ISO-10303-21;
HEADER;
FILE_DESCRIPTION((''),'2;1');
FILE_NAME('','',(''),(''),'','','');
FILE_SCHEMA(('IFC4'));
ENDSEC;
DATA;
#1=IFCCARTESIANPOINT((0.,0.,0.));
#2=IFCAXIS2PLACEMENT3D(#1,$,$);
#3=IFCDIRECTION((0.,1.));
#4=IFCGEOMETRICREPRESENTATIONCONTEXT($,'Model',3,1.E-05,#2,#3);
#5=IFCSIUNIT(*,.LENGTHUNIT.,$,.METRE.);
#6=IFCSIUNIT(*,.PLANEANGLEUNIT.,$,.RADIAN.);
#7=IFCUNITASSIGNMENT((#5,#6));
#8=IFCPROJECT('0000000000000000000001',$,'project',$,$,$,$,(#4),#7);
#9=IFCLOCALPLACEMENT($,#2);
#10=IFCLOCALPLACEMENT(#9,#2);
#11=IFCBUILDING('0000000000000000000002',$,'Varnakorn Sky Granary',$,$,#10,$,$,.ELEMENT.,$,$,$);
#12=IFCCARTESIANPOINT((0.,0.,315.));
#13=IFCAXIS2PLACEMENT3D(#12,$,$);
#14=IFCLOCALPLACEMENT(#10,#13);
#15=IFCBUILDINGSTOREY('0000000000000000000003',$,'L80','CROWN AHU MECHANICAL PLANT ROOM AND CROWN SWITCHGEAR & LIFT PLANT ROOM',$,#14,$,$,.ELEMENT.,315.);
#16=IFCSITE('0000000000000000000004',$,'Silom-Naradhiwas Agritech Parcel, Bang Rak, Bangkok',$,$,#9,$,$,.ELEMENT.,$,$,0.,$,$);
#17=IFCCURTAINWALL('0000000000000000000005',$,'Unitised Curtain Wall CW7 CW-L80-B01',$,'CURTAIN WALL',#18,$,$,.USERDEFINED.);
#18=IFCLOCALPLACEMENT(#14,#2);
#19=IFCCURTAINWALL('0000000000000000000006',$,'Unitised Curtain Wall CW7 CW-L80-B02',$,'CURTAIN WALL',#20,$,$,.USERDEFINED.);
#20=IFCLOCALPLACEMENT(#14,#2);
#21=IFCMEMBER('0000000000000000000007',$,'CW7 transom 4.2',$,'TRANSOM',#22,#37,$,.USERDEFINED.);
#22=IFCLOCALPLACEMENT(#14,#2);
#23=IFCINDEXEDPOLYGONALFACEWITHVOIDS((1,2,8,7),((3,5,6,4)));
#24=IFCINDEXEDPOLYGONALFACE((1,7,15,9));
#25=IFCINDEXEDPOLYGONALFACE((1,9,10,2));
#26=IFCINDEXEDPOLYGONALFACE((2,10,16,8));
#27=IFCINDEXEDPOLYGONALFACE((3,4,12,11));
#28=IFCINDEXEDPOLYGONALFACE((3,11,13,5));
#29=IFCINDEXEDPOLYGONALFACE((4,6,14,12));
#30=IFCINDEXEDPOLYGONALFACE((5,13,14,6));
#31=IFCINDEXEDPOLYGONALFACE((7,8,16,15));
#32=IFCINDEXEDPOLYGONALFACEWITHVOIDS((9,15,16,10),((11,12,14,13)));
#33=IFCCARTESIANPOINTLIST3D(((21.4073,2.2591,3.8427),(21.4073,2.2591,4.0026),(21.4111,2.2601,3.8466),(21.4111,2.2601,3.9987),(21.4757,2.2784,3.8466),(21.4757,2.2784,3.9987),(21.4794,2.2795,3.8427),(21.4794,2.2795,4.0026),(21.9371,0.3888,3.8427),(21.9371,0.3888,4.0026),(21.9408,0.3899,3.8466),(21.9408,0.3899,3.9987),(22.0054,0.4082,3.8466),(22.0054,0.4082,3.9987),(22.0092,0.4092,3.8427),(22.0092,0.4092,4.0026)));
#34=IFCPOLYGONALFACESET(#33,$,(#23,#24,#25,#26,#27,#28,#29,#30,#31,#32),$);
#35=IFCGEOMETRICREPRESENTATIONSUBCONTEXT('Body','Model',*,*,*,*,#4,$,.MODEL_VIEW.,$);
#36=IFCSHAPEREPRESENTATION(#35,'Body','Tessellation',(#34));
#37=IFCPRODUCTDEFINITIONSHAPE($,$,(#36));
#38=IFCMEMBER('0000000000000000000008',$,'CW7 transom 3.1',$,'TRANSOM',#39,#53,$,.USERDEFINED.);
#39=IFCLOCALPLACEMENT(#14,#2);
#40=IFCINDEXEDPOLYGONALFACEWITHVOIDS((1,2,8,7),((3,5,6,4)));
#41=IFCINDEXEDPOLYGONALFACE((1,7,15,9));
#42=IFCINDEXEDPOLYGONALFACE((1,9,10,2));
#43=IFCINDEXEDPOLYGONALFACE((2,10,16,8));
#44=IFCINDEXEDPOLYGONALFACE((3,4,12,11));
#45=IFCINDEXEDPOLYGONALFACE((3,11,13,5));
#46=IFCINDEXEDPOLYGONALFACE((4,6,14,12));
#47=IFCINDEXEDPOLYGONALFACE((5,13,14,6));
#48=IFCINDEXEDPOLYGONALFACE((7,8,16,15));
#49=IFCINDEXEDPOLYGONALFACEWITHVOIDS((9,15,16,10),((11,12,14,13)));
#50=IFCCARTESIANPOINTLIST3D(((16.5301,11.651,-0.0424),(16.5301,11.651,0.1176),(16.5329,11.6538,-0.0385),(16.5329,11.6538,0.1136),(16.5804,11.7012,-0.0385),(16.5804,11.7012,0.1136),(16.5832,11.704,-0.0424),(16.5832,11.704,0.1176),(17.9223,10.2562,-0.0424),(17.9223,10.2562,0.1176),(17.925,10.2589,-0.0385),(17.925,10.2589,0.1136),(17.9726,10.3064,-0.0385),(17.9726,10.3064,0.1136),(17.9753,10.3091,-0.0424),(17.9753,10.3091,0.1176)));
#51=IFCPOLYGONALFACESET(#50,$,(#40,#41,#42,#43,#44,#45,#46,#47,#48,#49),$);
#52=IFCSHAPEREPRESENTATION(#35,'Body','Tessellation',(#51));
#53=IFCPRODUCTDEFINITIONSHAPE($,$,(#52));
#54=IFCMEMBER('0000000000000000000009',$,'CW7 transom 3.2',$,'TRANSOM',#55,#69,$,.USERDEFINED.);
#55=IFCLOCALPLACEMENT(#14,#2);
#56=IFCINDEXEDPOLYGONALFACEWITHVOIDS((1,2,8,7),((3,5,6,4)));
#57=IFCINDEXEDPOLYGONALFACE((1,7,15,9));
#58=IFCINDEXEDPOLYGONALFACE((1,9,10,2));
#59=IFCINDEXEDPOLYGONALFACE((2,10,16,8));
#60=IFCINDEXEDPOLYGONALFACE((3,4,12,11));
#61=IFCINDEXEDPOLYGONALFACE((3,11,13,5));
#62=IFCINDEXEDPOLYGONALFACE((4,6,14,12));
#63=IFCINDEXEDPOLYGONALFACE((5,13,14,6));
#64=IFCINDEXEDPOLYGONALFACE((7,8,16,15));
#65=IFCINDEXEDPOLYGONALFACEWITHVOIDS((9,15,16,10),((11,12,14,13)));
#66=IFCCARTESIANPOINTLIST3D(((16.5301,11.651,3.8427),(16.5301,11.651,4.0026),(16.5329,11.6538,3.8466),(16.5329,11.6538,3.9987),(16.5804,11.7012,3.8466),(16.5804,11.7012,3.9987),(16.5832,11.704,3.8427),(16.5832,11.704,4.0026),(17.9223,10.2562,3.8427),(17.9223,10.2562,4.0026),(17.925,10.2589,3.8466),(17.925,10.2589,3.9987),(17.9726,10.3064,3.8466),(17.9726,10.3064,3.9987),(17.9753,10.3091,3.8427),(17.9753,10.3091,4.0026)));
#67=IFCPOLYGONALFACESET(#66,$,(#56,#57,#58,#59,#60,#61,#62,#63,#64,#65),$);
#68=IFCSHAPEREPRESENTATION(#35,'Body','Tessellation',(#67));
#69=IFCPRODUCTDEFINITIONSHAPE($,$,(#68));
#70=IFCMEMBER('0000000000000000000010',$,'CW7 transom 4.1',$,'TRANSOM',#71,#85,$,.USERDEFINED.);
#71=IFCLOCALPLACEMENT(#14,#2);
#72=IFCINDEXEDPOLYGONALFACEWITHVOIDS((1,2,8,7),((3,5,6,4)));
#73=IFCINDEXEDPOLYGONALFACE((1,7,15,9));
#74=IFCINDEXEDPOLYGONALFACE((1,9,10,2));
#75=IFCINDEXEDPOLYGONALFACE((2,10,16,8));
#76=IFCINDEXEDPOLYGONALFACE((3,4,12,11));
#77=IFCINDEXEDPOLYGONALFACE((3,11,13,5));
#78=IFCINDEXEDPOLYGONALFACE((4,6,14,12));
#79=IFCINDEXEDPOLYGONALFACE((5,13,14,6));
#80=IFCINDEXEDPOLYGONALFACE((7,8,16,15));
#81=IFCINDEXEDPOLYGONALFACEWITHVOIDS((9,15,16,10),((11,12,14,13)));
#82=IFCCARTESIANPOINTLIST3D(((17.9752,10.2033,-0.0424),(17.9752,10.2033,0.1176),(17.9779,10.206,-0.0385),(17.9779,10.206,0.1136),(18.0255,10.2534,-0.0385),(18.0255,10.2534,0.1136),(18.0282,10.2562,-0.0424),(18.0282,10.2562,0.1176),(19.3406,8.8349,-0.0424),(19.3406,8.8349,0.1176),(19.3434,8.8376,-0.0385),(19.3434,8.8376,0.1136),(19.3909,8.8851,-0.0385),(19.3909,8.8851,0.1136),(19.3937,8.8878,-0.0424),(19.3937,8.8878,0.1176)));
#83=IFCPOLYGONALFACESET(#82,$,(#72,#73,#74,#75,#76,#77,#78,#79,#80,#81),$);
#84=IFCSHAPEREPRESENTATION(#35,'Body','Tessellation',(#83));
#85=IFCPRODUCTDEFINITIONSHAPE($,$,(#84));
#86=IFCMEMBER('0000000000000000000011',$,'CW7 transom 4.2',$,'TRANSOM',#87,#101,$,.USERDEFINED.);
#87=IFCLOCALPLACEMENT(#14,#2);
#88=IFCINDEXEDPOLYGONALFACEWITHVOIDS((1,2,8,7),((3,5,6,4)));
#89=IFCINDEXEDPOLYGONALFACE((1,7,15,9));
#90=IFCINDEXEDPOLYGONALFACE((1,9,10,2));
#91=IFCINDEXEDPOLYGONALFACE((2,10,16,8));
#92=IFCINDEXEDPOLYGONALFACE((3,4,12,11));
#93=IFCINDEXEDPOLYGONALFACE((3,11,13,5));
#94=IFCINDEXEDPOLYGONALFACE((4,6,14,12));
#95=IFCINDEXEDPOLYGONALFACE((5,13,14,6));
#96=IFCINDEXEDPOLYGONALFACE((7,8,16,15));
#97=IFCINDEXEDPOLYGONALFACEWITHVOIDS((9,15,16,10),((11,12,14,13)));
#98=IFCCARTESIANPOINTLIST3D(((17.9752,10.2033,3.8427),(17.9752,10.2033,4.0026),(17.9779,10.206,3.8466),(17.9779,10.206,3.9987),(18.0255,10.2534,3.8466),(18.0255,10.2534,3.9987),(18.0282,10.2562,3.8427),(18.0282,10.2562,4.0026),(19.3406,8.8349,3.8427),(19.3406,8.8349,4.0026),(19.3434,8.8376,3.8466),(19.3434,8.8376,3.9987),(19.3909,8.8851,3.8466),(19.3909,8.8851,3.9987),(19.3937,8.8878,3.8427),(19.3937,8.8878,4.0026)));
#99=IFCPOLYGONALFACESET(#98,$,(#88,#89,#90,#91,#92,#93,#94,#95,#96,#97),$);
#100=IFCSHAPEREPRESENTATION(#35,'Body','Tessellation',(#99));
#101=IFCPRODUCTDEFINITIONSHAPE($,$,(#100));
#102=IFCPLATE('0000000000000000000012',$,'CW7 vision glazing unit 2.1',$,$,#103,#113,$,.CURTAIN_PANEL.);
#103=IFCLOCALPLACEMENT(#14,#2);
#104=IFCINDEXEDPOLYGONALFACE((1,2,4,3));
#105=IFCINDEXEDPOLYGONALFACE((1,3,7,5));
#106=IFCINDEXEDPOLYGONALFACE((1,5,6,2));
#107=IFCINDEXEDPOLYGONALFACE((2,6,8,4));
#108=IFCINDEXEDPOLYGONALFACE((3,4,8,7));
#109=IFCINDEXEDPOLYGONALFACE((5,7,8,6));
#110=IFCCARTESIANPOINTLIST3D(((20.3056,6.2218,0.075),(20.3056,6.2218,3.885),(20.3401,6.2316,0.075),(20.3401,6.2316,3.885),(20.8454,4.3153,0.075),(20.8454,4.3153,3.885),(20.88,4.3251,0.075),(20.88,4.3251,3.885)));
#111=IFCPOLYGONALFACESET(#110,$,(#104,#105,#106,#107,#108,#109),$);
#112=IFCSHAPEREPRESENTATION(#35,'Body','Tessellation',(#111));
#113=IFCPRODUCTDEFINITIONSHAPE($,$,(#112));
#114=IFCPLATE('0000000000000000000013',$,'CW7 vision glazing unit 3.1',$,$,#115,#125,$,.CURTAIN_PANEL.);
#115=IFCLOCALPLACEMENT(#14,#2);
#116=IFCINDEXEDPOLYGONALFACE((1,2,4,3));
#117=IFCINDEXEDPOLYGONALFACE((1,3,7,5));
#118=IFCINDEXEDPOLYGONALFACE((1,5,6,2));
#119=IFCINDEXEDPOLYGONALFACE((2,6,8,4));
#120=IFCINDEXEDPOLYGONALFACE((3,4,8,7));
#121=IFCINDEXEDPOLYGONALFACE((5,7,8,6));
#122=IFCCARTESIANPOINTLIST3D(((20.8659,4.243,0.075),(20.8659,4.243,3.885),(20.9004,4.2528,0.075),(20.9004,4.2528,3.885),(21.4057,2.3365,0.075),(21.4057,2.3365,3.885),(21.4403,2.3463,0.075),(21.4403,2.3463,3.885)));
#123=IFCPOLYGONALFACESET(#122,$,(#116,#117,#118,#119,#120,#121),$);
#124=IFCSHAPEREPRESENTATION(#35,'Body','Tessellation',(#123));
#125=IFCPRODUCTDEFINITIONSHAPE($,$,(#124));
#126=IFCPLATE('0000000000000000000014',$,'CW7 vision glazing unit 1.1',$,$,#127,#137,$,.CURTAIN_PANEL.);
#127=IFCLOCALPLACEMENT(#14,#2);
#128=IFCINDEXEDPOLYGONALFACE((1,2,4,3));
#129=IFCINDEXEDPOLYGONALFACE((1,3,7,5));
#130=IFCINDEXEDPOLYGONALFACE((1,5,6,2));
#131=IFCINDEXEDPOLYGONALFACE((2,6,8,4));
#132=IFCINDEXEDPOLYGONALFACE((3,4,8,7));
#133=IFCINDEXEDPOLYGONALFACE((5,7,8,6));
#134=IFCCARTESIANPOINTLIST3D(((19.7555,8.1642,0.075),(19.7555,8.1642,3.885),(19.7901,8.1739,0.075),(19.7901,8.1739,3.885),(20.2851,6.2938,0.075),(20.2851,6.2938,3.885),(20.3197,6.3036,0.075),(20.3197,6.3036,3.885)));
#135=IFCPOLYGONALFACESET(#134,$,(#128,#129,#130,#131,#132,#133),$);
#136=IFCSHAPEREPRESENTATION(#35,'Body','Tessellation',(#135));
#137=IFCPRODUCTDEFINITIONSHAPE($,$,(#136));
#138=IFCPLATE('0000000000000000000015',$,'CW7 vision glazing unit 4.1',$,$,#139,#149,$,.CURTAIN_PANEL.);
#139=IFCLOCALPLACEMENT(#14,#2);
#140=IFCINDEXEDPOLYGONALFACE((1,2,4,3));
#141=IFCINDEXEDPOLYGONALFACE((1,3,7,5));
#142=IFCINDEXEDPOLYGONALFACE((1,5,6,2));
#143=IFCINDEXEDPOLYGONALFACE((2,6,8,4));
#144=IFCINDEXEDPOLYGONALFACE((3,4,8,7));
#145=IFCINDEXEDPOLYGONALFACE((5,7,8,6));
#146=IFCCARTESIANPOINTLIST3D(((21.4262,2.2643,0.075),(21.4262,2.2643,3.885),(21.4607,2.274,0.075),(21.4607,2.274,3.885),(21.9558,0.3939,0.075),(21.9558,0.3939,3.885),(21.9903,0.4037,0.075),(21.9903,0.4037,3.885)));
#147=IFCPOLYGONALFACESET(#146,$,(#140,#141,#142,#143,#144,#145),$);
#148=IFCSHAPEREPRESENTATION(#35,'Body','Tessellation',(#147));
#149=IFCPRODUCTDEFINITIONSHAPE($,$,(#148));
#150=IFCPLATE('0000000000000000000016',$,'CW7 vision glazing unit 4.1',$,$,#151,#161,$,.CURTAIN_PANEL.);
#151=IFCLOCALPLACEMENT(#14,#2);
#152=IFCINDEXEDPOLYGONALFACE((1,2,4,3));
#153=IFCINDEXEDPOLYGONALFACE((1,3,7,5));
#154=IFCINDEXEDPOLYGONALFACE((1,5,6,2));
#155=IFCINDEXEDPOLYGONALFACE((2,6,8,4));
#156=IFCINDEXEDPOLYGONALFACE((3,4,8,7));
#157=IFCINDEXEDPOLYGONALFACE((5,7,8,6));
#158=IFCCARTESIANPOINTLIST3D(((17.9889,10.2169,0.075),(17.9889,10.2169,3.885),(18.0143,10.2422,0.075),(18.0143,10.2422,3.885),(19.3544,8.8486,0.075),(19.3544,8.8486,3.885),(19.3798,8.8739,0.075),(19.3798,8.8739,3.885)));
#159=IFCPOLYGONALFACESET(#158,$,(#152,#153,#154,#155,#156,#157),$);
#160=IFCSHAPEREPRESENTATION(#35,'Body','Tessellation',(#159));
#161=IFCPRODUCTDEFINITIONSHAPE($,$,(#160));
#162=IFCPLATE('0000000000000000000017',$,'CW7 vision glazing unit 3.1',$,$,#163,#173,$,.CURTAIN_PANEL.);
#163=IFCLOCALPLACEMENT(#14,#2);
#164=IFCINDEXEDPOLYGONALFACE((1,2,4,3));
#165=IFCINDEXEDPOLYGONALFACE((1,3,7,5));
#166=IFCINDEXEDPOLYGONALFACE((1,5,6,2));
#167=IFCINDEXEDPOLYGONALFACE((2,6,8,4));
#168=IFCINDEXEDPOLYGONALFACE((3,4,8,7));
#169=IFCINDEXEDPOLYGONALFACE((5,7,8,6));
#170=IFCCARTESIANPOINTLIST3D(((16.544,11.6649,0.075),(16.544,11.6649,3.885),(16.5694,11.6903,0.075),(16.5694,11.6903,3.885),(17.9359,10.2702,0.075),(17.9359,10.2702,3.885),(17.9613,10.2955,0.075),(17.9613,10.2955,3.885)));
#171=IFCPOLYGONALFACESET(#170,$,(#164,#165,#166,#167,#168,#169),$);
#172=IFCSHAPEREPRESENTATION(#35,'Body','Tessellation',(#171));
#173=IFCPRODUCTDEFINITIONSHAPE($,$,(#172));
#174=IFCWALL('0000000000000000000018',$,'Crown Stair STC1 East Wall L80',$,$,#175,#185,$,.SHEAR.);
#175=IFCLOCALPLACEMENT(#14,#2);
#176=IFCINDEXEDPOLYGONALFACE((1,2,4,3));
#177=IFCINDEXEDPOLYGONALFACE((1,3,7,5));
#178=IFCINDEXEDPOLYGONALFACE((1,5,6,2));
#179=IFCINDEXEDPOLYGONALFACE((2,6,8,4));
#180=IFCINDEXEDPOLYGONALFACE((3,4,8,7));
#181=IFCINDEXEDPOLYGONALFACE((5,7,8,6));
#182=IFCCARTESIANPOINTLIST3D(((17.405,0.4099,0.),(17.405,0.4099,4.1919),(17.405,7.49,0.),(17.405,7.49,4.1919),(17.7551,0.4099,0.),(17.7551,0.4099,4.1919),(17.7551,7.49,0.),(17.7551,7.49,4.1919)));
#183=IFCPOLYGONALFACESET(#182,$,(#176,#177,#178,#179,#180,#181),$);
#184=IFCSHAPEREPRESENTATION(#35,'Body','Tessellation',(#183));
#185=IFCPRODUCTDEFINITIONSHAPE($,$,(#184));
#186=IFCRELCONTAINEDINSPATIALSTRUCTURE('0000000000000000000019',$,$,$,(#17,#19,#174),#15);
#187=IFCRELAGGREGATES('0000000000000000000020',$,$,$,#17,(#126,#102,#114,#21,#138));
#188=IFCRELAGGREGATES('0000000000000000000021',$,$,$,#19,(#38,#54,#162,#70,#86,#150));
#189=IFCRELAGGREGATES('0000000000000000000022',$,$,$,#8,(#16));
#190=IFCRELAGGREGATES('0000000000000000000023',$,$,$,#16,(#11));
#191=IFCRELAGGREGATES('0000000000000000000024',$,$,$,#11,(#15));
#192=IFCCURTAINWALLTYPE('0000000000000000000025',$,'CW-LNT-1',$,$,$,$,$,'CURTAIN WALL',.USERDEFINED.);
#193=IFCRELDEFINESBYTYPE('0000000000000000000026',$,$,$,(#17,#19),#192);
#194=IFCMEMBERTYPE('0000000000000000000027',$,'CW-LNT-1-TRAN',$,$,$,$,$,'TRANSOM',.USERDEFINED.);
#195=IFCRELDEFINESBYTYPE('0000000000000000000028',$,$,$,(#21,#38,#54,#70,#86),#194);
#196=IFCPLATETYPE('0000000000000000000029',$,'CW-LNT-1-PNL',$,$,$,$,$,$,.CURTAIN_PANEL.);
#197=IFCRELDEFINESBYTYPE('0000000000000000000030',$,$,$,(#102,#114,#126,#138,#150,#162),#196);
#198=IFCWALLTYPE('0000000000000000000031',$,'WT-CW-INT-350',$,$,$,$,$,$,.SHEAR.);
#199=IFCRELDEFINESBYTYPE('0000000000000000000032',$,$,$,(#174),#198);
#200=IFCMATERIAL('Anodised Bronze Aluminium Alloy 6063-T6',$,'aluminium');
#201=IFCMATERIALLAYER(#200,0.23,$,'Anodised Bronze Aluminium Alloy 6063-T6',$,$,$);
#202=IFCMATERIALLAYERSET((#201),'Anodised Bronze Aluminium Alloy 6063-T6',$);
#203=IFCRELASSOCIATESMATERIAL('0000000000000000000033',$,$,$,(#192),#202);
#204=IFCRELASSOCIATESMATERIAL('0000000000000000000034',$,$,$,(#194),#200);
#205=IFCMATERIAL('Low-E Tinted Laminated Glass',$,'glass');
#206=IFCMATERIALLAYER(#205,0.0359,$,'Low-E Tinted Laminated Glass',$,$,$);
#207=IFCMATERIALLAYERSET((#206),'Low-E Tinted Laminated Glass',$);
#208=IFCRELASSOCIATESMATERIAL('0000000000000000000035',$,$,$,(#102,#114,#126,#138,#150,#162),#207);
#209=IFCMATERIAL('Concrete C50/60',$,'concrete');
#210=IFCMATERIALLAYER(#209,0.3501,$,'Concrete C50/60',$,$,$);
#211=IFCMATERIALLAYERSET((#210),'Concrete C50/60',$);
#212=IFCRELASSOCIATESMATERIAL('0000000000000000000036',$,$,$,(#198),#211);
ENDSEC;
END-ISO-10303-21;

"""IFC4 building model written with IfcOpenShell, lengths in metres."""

from ifc_helpers import new_model, si_unit, direction, frame, frame_2d, origin, origin_2d, place, context, subcontext, project, spatial, rectangle, hollow_rectangle, extrude, source, transform, mapped, material, layer, layer_set, material_profile, profile_set, type_object, type_shapes, element, aggregate, save


model = new_model("IFC4")

# Units and contexts
model_context = context("Model", 3, precision=1e-05, world=origin(), true_north=direction((0.0, 1.0)))
body_context = subcontext(model_context, "Body", "Model", "MODEL_VIEW")
ifc_project = project(units=[si_unit("LENGTHUNIT", "METRE"), si_unit("PLANEANGLEUNIT", "RADIAN")], contexts=[model_context])

# Site, building, storey
site_placement = place(None, origin())
site = spatial("IfcSite", under=ifc_project, at=site_placement, Name="Silom-Naradhiwas Agritech Parcel, Bang Rak, Bangkok", CompositionType="ELEMENT", RefElevation=0.0)
building_placement = place(site_placement, origin())
building = spatial("IfcBuilding", under=site, at=building_placement, Name="Varnakorn Sky Granary", CompositionType="ELEMENT")
storey_placement = place(building_placement, frame((0.0, 0.0, 315.0)))
storey = spatial("IfcBuildingStorey", under=building, at=storey_placement, Name="L80", Description="CROWN AHU MECHANICAL PLANT ROOM AND CROWN SWITCHGEAR & LIFT PLANT ROOM", CompositionType="ELEMENT", Elevation=315.0)

# Curtain walls
ifc_material_1 = material(Name="Anodised Bronze Aluminium Alloy 6063-T6", Category="aluminium")
ifc_layer_1 = layer(ifc_material_1, 0.23, Name="Anodised Bronze Aluminium Alloy 6063-T6")
ifc_layer_set_1 = layer_set([ifc_layer_1], Name="Anodised Bronze Aluminium Alloy 6063-T6")
curtain_wall_type = type_object("IfcCurtainWallType", Name="CW-LNT-1", ElementType="CURTAIN WALL", PredefinedType="USERDEFINED", material=ifc_layer_set_1)
curtain_wall_1_placement = place(storey_placement, origin())
curtain_wall_1 = element("IfcCurtainWall", 1, at=curtain_wall_1_placement, inside=storey, type_object=curtain_wall_type, Name="Unitised Curtain Wall CW7 CW-L80-B01", ObjectType="CURTAIN WALL", PredefinedType="USERDEFINED")
curtain_wall_2_placement = place(storey_placement, origin())
curtain_wall_2 = element("IfcCurtainWall", 2, at=curtain_wall_2_placement, inside=storey, type_object=curtain_wall_type, Name="Unitised Curtain Wall CW7 CW-L80-B02", ObjectType="CURTAIN WALL", PredefinedType="USERDEFINED")

# Members
ifc_material_profile_1 = material_profile(ifc_material_1, hollow_rectangle(XDim=0.075, YDim=0.1599, WallThickness=0.0039, at=origin_2d()), Name="ALU TRAN 75x160")
ifc_profile_set_1 = profile_set([ifc_material_profile_1], Name="Anodised Bronze Aluminium Alloy 6063-T6")
member_type_1 = type_object("IfcMemberType", Name="CW-LNT-1-TRAN", ElementType="TRANSOM", PredefinedType="USERDEFINED", material=ifc_profile_set_1)
member_1_placement = place(storey_placement, frame((21.4434, 2.2693, 3.9226), z_axis=(0.272531, -0.962147, 0.0), x_axis=(0.962147, 0.272531, 0.0)))
member_1 = element("IfcMember", 3, at=member_1_placement, type_object=member_type_1, Name="CW7 transom 4.2", ObjectType="TRANSOM", PredefinedType="USERDEFINED", context=body_context, shape_type="SweptSolid", body=[
    extrude(hollow_rectangle(XDim=0.075, YDim=0.1599, WallThickness=0.0039, at=origin_2d()), origin(), (0.0, 0.0, 1.0), 1.9438),
])
member_2_placement = place(storey_placement, frame((16.5566, 11.6775, 0.0376), z_axis=(0.706425, -0.707788, 0.0), x_axis=(0.707788, 0.706425, 0.0)))
member_2 = element("IfcMember", 4, at=member_2_placement, type_object=member_type_1, Name="CW7 transom 3.1", ObjectType="TRANSOM", PredefinedType="USERDEFINED", context=body_context, shape_type="SweptSolid", body=[
    extrude(hollow_rectangle(XDim=0.075, YDim=0.1599, WallThickness=0.0039, at=origin_2d()), origin(), (0.0, 0.0, 1.0), 1.9707),
])
member_3_placement = place(storey_placement, frame((16.5566, 11.6775, 3.9226), z_axis=(0.706425, -0.707788, 0.0), x_axis=(0.707788, 0.706425, 0.0)))
member_3 = element("IfcMember", 5, at=member_3_placement, type_object=member_type_1, Name="CW7 transom 3.2", ObjectType="TRANSOM", PredefinedType="USERDEFINED", context=body_context, shape_type="SweptSolid", body=[
    extrude(hollow_rectangle(XDim=0.075, YDim=0.1599, WallThickness=0.0039, at=origin_2d()), origin(), (0.0, 0.0, 1.0), 1.9707),
])
member_4_placement = place(storey_placement, frame((18.0017, 10.2297, 0.0376), z_axis=(0.706349, -0.707864, 0.0), x_axis=(0.707864, 0.706349, 0.0)))
member_4 = element("IfcMember", 6, at=member_4_placement, type_object=member_type_1, Name="CW7 transom 4.1", ObjectType="TRANSOM", PredefinedType="USERDEFINED", context=body_context, shape_type="SweptSolid", body=[
    extrude(hollow_rectangle(XDim=0.075, YDim=0.1599, WallThickness=0.0039, at=origin_2d()), origin(), (0.0, 0.0, 1.0), 1.9331),
])
member_5_placement = place(storey_placement, frame((18.0017, 10.2297, 3.9226), z_axis=(0.706349, -0.707864, 0.0), x_axis=(0.707864, 0.706349, 0.0)))
member_5 = element("IfcMember", 7, at=member_5_placement, type_object=member_type_1, Name="CW7 transom 4.2", ObjectType="TRANSOM", PredefinedType="USERDEFINED", context=body_context, shape_type="SweptSolid", body=[
    extrude(hollow_rectangle(XDim=0.075, YDim=0.1599, WallThickness=0.0039, at=origin_2d()), origin(), (0.0, 0.0, 1.0), 1.9331),
])

# Plates
ifc_material_2 = material(Name="Low-E Tinted Laminated Glass", Category="glass")
ifc_layer_2 = layer(ifc_material_2, 0.0359, Name="Low-E Tinted Laminated Glass")
ifc_layer_set_2 = layer_set([ifc_layer_2], Name="Low-E Tinted Laminated Glass")
plate_type = type_object("IfcPlateType", Name="CW-LNT-1-PNL", PredefinedType="CURTAIN_PANEL")
shared_shape_1 = source(origin(), body_context, "Body", "SweptSolid", [
    extrude(rectangle(XDim=1.9814, YDim=0.0359, at=origin_2d()), origin(), (0.0, 0.0, 1.0), 3.8101),
])
plate_1_placement = place(storey_placement, frame((20.5928, 5.2734, 0.075), z_axis=(0.0, 0.0, 1.0), x_axis=(0.272448, -0.96217, 0.0)))
plate_1 = element("IfcPlate", 8, at=plate_1_placement, type_object=plate_type, material=ifc_layer_set_2, Name="CW7 vision glazing unit 2.1", PredefinedType="CURTAIN_PANEL", context=body_context, shape_type="MappedRepresentation", body=[
    mapped(shared_shape_1, transform((0.0, 0.0, 0.0), x_axis=(1.0, 0.0, 0.0), y_axis=(0.0, 1.0, 0.0), z_axis=(0.0, 0.0, 1.0), scale=1.0)),
])
plate_2_placement = place(storey_placement, frame((21.1531, 3.2947, 0.075), z_axis=(0.0, 0.0, 1.0), x_axis=(0.272448, -0.96217, 0.0)))
plate_2 = element("IfcPlate", 9, at=plate_2_placement, type_object=plate_type, material=ifc_layer_set_2, Name="CW7 vision glazing unit 3.1", PredefinedType="CURTAIN_PANEL", context=body_context, shape_type="MappedRepresentation", body=[
    mapped(shared_shape_1, transform((0.0, 0.0, 0.0), x_axis=(1.0, 0.0, 0.0), y_axis=(0.0, 1.0, 0.0), z_axis=(0.0, 0.0, 1.0), scale=1.0)),
])
shared_shape_2 = source(origin(), body_context, "Body", "SweptSolid", [
    extrude(rectangle(XDim=1.9438, YDim=0.0359, at=origin_2d()), origin(), (0.0, 0.0, 1.0), 3.8101),
])
plate_3_placement = place(storey_placement, frame((20.0376, 7.2339, 0.075), z_axis=(0.0, 0.0, 1.0), x_axis=(0.272448, -0.96217, 0.0)))
plate_3 = element("IfcPlate", 10, at=plate_3_placement, type_object=plate_type, material=ifc_layer_set_2, Name="CW7 vision glazing unit 1.1", PredefinedType="CURTAIN_PANEL", context=body_context, shape_type="MappedRepresentation", body=[
    mapped(shared_shape_2, transform((0.0, 0.0, 0.0), x_axis=(1.0, 0.0, 0.0), y_axis=(0.0, 1.0, 0.0), z_axis=(0.0, 0.0, 1.0), scale=1.0)),
])
plate_4_placement = place(storey_placement, frame((21.7083, 1.334, 0.075), z_axis=(0.0, 0.0, 1.0), x_axis=(0.272448, -0.96217, 0.0)))
plate_4 = element("IfcPlate", 11, at=plate_4_placement, type_object=plate_type, material=ifc_layer_set_2, Name="CW7 vision glazing unit 4.1", PredefinedType="CURTAIN_PANEL", context=body_context, shape_type="MappedRepresentation", body=[
    mapped(shared_shape_2, transform((0.0, 0.0, 0.0), x_axis=(1.0, 0.0, 0.0), y_axis=(0.0, 1.0, 0.0), z_axis=(0.0, 0.0, 1.0), scale=1.0)),
])
aggregate(curtain_wall_1, [plate_3, plate_1, plate_2, member_1, plate_4])
shared_shape_3 = source(origin(), body_context, "Body", "SweptSolid", [
    extrude(rectangle(XDim=1.9331, YDim=0.0359, at=origin_2d()), origin(), (0.0, 0.0, 1.0), 3.8101),
])
plate_5_placement = place(storey_placement, frame((18.6843, 9.5454, 0.075), z_axis=(0.0, 0.0, 1.0), x_axis=(0.706385, -0.707827, 0.0)))
plate_5 = element("IfcPlate", 12, at=plate_5_placement, type_object=plate_type, material=ifc_layer_set_2, Name="CW7 vision glazing unit 4.1", PredefinedType="CURTAIN_PANEL", context=body_context, shape_type="MappedRepresentation", body=[
    mapped(shared_shape_3, transform((0.0, 0.0, 0.0), x_axis=(1.0, 0.0, 0.0), y_axis=(0.0, 1.0, 0.0), z_axis=(0.0, 0.0, 1.0), scale=1.0)),
])
shared_shape_4 = source(origin(), body_context, "Body", "SweptSolid", [
    extrude(rectangle(XDim=1.9705, YDim=0.0359, at=origin_2d()), origin(), (0.0, 0.0, 1.0), 3.8101),
])
type_shapes(plate_type, [shared_shape_1, shared_shape_2, shared_shape_3, shared_shape_4])
plate_6_placement = place(storey_placement, frame((17.2527, 10.9802, 0.075), z_axis=(0.0, 0.0, 1.0), x_axis=(0.706385, -0.707827, 0.0)))
plate_6 = element("IfcPlate", 13, at=plate_6_placement, type_object=plate_type, material=ifc_layer_set_2, Name="CW7 vision glazing unit 3.1", PredefinedType="CURTAIN_PANEL", context=body_context, shape_type="MappedRepresentation", body=[
    mapped(shared_shape_4, transform((0.0, 0.0, 0.0), x_axis=(1.0, 0.0, 0.0), y_axis=(0.0, 1.0, 0.0), z_axis=(0.0, 0.0, 1.0), scale=1.0)),
])
aggregate(curtain_wall_2, [member_2, member_3, plate_6, member_4, member_5, plate_5])

# Wall
ifc_material_3 = material(Name="Concrete C50/60", Category="concrete")
ifc_layer_3 = layer(ifc_material_3, 0.3501, Name="Concrete C50/60")
ifc_layer_set_3 = layer_set([ifc_layer_3], Name="Concrete C50/60")
wall_type_1 = type_object("IfcWallType", Name="WT-CW-INT-350", PredefinedType="SHEAR", material=ifc_layer_set_3)
wall_1_placement = place(storey_placement, frame((17.5801, 0.4099, 0.0), z_axis=(0.0, 0.0, 1.0), x_axis=(0.0, 1.0, 0.0)))
element("IfcWall", 14, at=wall_1_placement, inside=storey, type_object=wall_type_1, Name="Crown Stair STC1 East Wall L80", PredefinedType="SHEAR", context=body_context, shape_type="SweptSolid", body=[
    extrude(rectangle(XDim=7.0801, YDim=0.3501, at=frame_2d((3.54, 0.0))), origin(), (0.0, 0.0, 1.0), 4.1919),
])

save(model, "model.ifc")
